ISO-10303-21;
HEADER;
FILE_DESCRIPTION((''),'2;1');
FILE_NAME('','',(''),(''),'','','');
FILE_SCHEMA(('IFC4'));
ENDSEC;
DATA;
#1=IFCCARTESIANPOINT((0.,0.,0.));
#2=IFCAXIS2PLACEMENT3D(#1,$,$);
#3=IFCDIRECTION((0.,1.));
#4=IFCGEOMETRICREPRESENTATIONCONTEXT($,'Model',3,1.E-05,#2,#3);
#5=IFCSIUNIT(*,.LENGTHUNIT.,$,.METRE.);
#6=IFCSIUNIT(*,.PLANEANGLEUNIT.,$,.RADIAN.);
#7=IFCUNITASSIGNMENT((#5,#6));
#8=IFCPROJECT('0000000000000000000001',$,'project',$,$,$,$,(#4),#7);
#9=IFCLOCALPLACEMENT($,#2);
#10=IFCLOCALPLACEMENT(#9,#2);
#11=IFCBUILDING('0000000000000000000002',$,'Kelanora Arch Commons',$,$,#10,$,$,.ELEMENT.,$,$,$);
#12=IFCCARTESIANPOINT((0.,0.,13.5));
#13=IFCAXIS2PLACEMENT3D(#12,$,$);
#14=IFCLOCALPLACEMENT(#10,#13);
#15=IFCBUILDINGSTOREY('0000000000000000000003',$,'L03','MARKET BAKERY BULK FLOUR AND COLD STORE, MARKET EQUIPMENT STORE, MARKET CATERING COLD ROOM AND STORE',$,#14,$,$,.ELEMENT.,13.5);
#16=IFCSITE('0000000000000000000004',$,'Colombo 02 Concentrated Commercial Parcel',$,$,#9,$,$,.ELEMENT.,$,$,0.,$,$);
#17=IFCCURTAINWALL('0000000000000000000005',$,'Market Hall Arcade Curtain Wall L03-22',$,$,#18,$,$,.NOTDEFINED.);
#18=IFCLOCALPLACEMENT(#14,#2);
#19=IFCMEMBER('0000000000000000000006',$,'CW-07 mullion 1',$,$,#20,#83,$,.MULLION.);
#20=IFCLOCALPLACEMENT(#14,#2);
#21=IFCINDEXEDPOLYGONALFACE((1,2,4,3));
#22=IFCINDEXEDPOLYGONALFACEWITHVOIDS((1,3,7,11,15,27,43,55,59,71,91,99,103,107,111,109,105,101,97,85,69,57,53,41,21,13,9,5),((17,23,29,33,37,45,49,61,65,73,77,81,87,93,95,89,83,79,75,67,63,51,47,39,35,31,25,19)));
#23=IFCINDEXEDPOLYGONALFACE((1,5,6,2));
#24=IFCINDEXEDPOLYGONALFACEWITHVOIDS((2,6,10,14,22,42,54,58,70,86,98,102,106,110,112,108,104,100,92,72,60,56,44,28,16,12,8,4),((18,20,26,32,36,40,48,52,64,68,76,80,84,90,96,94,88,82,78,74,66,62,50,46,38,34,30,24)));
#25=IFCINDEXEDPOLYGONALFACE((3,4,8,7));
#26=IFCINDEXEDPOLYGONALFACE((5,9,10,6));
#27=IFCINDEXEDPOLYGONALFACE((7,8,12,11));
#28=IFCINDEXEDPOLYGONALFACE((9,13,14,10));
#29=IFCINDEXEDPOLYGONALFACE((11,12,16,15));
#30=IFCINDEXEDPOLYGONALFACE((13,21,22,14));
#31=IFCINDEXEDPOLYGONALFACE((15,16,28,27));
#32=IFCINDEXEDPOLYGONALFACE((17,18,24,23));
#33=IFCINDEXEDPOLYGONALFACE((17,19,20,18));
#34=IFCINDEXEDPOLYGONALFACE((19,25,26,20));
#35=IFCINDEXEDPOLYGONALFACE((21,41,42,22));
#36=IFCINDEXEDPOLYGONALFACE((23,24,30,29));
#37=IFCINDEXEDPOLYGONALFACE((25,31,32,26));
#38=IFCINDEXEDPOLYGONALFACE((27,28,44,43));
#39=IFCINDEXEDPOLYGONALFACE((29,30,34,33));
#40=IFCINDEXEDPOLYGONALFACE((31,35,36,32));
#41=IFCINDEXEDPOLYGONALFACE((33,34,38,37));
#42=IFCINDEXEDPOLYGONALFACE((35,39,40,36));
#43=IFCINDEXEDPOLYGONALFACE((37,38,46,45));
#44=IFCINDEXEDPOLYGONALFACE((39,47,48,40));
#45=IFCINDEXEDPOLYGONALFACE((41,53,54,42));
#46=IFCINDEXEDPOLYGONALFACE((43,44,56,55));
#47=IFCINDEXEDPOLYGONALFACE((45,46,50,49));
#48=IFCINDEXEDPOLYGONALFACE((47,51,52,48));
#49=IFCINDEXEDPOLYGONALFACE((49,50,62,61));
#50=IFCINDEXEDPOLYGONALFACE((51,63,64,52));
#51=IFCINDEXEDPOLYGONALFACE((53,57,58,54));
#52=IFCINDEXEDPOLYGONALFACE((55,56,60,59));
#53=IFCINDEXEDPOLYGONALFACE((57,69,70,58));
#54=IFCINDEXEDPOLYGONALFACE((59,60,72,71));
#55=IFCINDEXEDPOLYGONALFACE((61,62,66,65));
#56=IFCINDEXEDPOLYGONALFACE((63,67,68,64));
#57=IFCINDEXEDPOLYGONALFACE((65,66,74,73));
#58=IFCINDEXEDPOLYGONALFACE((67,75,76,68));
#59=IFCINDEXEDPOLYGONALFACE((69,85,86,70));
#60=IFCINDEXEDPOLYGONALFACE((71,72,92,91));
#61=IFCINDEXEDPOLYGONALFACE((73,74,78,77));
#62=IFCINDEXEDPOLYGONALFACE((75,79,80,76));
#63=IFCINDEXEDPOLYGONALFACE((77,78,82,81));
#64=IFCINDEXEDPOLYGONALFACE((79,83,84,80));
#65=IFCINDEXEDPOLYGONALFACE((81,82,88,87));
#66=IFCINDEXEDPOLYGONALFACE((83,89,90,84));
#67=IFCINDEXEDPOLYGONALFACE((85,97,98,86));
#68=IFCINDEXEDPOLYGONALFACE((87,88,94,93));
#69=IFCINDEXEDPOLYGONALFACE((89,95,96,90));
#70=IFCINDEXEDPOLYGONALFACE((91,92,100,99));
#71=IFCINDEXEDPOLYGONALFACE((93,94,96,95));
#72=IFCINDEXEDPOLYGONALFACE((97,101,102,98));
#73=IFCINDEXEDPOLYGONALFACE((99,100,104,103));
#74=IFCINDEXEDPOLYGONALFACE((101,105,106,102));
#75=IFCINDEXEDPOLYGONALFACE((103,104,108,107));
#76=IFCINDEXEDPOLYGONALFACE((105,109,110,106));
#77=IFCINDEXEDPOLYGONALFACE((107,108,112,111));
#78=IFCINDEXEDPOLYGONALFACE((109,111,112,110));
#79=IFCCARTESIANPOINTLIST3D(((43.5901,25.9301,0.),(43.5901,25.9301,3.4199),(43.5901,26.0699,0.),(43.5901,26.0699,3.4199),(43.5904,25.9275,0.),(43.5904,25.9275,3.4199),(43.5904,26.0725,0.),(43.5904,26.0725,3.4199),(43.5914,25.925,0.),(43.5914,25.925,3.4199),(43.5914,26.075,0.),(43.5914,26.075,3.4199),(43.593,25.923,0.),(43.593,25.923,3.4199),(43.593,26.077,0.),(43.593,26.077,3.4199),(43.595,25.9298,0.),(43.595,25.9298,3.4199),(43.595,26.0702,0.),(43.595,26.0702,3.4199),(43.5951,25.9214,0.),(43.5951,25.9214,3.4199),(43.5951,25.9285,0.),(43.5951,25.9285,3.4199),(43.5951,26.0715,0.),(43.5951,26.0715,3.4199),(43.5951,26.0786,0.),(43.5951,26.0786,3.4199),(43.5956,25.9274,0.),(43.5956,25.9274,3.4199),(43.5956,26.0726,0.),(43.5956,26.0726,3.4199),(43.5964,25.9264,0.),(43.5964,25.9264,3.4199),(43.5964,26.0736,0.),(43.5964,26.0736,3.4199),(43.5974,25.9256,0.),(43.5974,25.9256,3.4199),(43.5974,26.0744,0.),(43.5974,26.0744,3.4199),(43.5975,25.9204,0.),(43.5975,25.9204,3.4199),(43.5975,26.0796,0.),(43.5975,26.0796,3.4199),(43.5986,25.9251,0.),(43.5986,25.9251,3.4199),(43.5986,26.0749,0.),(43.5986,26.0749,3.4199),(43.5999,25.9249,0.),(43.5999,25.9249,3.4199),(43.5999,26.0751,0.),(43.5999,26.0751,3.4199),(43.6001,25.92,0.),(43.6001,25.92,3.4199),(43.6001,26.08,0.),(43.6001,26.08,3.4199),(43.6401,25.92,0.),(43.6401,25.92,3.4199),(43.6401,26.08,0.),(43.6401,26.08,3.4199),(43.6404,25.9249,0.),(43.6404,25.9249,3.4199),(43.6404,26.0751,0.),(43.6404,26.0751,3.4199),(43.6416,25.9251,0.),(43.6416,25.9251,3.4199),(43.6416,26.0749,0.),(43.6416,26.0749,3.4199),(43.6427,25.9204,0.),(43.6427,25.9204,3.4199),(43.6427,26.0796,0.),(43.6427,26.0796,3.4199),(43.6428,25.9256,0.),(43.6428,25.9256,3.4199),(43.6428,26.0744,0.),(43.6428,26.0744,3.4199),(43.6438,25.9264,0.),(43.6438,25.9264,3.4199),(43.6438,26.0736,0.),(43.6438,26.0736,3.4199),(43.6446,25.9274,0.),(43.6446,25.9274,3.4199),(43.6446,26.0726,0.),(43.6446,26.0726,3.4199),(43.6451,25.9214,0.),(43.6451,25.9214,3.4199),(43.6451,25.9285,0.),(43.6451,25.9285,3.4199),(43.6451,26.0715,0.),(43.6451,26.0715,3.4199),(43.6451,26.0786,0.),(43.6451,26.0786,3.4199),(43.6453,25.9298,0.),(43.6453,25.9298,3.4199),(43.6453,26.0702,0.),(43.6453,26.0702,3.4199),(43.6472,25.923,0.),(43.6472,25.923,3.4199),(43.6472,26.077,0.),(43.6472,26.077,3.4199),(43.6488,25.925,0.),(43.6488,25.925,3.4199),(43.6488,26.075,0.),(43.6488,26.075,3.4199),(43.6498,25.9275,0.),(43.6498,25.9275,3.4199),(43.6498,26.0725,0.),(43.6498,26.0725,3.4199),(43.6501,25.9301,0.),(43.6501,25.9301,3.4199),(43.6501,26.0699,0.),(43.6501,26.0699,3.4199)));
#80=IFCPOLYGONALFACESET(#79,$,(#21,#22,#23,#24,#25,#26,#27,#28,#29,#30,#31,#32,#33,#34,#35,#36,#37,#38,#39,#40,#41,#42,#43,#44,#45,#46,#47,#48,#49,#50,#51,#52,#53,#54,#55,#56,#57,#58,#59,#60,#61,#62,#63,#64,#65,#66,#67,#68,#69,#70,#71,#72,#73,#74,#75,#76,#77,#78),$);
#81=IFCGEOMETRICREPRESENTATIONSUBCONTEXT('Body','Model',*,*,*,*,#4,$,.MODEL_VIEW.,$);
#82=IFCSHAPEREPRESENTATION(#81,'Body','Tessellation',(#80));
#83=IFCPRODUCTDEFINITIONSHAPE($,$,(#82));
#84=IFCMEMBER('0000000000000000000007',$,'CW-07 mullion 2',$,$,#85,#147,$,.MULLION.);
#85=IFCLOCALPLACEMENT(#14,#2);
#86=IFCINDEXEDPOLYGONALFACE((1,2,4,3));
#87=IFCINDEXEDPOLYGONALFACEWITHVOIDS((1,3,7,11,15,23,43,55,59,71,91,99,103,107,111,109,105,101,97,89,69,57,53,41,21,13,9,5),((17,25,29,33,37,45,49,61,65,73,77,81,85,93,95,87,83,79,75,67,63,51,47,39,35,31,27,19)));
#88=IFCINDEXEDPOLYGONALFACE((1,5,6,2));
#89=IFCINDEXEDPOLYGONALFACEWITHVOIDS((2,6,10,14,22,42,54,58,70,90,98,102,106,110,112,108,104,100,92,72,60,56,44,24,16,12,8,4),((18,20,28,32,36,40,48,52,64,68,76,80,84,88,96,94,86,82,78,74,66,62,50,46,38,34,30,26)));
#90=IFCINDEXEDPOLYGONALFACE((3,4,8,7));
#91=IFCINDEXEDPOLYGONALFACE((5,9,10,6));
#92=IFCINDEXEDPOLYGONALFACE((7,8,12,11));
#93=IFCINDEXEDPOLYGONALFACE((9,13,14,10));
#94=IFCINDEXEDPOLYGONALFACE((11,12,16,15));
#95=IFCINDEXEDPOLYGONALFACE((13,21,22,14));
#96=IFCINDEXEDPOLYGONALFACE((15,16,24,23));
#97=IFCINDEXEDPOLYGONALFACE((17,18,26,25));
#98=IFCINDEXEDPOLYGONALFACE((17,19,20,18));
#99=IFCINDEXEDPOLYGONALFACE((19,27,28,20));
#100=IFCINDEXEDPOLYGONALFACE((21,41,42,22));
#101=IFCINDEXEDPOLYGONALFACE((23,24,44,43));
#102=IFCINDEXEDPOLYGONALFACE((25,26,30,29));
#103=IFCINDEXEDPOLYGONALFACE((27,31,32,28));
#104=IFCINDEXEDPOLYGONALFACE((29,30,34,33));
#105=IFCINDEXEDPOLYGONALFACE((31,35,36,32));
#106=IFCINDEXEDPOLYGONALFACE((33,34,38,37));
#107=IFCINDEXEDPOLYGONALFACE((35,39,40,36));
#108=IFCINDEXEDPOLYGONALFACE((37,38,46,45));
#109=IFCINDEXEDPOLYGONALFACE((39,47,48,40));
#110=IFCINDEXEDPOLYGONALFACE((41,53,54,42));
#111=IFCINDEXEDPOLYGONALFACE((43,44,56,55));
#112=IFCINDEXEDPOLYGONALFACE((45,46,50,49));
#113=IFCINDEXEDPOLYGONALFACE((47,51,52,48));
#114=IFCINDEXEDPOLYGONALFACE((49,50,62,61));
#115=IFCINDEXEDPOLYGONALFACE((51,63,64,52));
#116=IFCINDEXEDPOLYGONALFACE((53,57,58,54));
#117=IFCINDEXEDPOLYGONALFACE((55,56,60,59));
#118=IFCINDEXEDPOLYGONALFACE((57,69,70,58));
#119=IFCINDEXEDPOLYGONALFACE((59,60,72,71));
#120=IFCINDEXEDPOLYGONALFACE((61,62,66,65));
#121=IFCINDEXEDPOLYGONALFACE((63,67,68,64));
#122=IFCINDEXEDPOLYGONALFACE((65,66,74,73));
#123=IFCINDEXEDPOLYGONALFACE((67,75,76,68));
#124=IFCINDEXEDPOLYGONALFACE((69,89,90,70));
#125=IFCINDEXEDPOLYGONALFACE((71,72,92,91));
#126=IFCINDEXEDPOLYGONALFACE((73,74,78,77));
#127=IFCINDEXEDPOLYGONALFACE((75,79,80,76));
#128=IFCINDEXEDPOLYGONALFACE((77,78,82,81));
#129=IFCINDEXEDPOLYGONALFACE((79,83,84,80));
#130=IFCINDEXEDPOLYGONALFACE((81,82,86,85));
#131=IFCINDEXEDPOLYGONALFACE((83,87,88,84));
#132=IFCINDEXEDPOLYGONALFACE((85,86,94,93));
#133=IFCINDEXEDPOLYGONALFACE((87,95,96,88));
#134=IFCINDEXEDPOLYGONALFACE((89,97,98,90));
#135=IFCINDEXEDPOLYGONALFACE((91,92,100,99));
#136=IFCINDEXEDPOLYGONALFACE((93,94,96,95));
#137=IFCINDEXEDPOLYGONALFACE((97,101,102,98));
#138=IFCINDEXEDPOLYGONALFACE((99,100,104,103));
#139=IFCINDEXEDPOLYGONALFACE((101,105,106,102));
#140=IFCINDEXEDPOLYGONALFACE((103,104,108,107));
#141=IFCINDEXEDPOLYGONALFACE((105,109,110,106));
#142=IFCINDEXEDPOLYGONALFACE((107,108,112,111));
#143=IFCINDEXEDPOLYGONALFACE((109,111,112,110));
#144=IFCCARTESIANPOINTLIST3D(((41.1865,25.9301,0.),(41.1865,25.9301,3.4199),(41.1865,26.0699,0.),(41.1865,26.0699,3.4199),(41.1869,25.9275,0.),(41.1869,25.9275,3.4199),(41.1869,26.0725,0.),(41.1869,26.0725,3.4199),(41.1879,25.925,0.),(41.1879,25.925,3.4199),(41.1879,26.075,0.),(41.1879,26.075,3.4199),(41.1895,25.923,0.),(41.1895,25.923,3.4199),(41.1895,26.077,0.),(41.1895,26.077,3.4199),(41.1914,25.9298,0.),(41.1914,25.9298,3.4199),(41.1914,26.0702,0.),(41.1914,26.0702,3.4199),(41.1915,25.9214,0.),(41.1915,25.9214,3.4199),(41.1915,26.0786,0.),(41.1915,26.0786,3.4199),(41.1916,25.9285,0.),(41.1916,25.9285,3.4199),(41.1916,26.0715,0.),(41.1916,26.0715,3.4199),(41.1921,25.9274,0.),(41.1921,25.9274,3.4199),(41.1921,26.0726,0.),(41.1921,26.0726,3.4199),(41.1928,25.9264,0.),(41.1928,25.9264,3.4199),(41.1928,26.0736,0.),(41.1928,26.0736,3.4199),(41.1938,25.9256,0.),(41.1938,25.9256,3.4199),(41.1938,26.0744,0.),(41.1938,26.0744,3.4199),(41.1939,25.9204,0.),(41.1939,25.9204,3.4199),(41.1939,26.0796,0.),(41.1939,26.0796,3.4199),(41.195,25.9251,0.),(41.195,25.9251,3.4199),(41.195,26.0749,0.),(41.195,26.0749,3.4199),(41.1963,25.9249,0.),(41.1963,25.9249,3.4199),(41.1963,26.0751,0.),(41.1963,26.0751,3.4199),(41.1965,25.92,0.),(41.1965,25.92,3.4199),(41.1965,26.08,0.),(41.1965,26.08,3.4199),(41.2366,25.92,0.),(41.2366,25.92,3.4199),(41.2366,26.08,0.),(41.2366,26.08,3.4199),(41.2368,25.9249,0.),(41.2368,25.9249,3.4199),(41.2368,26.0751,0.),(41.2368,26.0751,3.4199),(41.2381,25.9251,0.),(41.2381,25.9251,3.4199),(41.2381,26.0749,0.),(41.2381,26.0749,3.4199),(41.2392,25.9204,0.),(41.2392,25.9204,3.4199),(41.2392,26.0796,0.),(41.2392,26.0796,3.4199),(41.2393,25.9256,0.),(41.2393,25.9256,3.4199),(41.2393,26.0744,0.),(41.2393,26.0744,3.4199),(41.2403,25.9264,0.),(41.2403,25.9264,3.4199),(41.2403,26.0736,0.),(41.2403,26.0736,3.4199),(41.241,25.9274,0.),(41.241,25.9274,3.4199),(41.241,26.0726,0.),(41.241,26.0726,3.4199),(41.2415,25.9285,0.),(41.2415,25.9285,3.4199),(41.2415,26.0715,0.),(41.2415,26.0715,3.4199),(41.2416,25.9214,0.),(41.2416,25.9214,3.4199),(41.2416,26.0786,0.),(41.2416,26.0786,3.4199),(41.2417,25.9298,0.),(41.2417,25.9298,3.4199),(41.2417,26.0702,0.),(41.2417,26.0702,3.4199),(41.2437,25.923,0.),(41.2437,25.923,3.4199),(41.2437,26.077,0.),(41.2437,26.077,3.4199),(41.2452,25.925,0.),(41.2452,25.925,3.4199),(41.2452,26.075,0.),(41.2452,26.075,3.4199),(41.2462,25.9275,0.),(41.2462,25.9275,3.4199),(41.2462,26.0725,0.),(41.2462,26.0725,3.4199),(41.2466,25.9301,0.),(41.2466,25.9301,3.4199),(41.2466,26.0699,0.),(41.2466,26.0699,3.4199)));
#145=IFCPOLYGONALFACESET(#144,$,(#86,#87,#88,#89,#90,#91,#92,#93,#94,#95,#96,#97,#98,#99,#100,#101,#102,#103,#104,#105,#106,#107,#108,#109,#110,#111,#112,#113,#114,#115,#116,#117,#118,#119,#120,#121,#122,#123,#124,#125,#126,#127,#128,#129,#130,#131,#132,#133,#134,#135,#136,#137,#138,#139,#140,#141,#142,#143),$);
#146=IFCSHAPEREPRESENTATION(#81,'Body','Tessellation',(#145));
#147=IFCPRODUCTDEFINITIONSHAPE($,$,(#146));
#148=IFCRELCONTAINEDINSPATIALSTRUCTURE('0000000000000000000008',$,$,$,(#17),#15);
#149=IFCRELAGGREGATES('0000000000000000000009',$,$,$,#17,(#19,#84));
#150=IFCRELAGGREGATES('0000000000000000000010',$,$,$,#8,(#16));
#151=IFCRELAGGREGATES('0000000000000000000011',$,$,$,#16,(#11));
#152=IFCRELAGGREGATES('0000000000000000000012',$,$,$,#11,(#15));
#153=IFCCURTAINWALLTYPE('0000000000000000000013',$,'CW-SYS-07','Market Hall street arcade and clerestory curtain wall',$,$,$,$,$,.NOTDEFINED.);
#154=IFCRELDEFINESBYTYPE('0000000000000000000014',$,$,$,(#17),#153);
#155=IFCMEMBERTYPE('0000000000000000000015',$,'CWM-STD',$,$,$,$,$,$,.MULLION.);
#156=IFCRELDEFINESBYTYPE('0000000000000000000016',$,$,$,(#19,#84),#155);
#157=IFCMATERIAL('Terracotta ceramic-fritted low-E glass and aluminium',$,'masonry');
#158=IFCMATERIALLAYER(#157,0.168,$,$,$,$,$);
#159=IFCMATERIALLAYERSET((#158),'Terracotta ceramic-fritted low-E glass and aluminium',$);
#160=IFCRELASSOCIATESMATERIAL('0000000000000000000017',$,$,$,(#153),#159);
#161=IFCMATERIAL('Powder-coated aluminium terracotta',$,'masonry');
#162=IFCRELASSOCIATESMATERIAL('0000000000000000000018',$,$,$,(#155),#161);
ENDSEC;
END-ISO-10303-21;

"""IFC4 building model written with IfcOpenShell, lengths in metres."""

from ifc_helpers import new_model, si_unit, direction, frame, origin, origin_2d, place, context, subcontext, project, spatial, hollow_rectangle, extrude, material, layer, layer_set, material_profile, profile_set, type_object, element, aggregate, save


model = new_model("IFC4")

# Units and contexts
model_context = context("Model", 3, precision=1e-05, world=origin(), true_north=direction((0.0, 1.0)))
body_context = subcontext(model_context, "Body", "Model", "MODEL_VIEW")
ifc_project = project(units=[si_unit("LENGTHUNIT", "METRE"), si_unit("PLANEANGLEUNIT", "RADIAN")], contexts=[model_context])

# Site, building, storey
site_placement = place(None, origin())
site = spatial("IfcSite", under=ifc_project, at=site_placement, Name="Colombo 02 Concentrated Commercial Parcel", CompositionType="ELEMENT", RefElevation=0.0)
building_placement = place(site_placement, origin())
building = spatial("IfcBuilding", under=site, at=building_placement, Name="Kelanora Arch Commons", CompositionType="ELEMENT")
storey_placement = place(building_placement, frame((0.0, 0.0, 13.5)))
storey = spatial("IfcBuildingStorey", under=building, at=storey_placement, Name="L03", Description="MARKET BAKERY BULK FLOUR AND COLD STORE, MARKET EQUIPMENT STORE, MARKET CATERING COLD ROOM AND STORE", CompositionType="ELEMENT", Elevation=13.5)

# Curtain wall, members
ifc_material_1 = material(Name="Terracotta ceramic-fritted low-E glass and aluminium", Category="masonry")
ifc_layer_1 = layer(ifc_material_1, 0.168)
ifc_layer_set_1 = layer_set([ifc_layer_1], Name="Terracotta ceramic-fritted low-E glass and aluminium")
curtain_wall_type = type_object("IfcCurtainWallType", Name="CW-SYS-07", Description="Market Hall street arcade and clerestory curtain wall", PredefinedType="NOTDEFINED", material=ifc_layer_set_1)
curtain_wall_placement = place(storey_placement, origin())
curtain_wall = element("IfcCurtainWall", 1, at=curtain_wall_placement, inside=storey, type_object=curtain_wall_type, Name="Market Hall Arcade Curtain Wall L03-22", PredefinedType="NOTDEFINED")
ifc_material_2 = material(Name="Powder-coated aluminium terracotta", Category="masonry")
ifc_material_profile_1 = material_profile(ifc_material_2, hollow_rectangle(XDim=0.1599, YDim=0.0601, WallThickness=0.0049, InnerFilletRadius=0.0049, OuterFilletRadius=0.01, at=origin_2d()), Name="CWM160x60")
ifc_profile_set_1 = profile_set([ifc_material_profile_1], Name="Powder-coated aluminium terracotta")
member_type_1 = type_object("IfcMemberType", Name="CWM-STD", PredefinedType="MULLION", material=ifc_profile_set_1)
member_1_placement = place(storey_placement, frame((43.6201, 26.0, 0.0), z_axis=(0.0, 0.0, 1.0), x_axis=(0.0, -1.0, 0.0)))
member_1 = element("IfcMember", 2, at=member_1_placement, type_object=member_type_1, Name="CW-07 mullion 1", PredefinedType="MULLION", context=body_context, shape_type="SweptSolid", body=[
    extrude(hollow_rectangle(XDim=0.1599, YDim=0.0601, WallThickness=0.0049, InnerFilletRadius=0.0049, OuterFilletRadius=0.01, at=origin_2d()), origin(), (0.0, 0.0, 1.0), 3.4199),
])
member_2_placement = place(storey_placement, frame((41.2166, 26.0, 0.0), z_axis=(0.0, 0.0, 1.0), x_axis=(0.0, -1.0, 0.0)))
member_2 = element("IfcMember", 3, at=member_2_placement, type_object=member_type_1, Name="CW-07 mullion 2", PredefinedType="MULLION", context=body_context, shape_type="SweptSolid", body=[
    extrude(hollow_rectangle(XDim=0.1599, YDim=0.0601, WallThickness=0.0049, InnerFilletRadius=0.0049, OuterFilletRadius=0.01, at=origin_2d()), origin(), (0.0, 0.0, 1.0), 3.4199),
])
aggregate(curtain_wall, [member_1, member_2])

save(model, "model.ifc")
